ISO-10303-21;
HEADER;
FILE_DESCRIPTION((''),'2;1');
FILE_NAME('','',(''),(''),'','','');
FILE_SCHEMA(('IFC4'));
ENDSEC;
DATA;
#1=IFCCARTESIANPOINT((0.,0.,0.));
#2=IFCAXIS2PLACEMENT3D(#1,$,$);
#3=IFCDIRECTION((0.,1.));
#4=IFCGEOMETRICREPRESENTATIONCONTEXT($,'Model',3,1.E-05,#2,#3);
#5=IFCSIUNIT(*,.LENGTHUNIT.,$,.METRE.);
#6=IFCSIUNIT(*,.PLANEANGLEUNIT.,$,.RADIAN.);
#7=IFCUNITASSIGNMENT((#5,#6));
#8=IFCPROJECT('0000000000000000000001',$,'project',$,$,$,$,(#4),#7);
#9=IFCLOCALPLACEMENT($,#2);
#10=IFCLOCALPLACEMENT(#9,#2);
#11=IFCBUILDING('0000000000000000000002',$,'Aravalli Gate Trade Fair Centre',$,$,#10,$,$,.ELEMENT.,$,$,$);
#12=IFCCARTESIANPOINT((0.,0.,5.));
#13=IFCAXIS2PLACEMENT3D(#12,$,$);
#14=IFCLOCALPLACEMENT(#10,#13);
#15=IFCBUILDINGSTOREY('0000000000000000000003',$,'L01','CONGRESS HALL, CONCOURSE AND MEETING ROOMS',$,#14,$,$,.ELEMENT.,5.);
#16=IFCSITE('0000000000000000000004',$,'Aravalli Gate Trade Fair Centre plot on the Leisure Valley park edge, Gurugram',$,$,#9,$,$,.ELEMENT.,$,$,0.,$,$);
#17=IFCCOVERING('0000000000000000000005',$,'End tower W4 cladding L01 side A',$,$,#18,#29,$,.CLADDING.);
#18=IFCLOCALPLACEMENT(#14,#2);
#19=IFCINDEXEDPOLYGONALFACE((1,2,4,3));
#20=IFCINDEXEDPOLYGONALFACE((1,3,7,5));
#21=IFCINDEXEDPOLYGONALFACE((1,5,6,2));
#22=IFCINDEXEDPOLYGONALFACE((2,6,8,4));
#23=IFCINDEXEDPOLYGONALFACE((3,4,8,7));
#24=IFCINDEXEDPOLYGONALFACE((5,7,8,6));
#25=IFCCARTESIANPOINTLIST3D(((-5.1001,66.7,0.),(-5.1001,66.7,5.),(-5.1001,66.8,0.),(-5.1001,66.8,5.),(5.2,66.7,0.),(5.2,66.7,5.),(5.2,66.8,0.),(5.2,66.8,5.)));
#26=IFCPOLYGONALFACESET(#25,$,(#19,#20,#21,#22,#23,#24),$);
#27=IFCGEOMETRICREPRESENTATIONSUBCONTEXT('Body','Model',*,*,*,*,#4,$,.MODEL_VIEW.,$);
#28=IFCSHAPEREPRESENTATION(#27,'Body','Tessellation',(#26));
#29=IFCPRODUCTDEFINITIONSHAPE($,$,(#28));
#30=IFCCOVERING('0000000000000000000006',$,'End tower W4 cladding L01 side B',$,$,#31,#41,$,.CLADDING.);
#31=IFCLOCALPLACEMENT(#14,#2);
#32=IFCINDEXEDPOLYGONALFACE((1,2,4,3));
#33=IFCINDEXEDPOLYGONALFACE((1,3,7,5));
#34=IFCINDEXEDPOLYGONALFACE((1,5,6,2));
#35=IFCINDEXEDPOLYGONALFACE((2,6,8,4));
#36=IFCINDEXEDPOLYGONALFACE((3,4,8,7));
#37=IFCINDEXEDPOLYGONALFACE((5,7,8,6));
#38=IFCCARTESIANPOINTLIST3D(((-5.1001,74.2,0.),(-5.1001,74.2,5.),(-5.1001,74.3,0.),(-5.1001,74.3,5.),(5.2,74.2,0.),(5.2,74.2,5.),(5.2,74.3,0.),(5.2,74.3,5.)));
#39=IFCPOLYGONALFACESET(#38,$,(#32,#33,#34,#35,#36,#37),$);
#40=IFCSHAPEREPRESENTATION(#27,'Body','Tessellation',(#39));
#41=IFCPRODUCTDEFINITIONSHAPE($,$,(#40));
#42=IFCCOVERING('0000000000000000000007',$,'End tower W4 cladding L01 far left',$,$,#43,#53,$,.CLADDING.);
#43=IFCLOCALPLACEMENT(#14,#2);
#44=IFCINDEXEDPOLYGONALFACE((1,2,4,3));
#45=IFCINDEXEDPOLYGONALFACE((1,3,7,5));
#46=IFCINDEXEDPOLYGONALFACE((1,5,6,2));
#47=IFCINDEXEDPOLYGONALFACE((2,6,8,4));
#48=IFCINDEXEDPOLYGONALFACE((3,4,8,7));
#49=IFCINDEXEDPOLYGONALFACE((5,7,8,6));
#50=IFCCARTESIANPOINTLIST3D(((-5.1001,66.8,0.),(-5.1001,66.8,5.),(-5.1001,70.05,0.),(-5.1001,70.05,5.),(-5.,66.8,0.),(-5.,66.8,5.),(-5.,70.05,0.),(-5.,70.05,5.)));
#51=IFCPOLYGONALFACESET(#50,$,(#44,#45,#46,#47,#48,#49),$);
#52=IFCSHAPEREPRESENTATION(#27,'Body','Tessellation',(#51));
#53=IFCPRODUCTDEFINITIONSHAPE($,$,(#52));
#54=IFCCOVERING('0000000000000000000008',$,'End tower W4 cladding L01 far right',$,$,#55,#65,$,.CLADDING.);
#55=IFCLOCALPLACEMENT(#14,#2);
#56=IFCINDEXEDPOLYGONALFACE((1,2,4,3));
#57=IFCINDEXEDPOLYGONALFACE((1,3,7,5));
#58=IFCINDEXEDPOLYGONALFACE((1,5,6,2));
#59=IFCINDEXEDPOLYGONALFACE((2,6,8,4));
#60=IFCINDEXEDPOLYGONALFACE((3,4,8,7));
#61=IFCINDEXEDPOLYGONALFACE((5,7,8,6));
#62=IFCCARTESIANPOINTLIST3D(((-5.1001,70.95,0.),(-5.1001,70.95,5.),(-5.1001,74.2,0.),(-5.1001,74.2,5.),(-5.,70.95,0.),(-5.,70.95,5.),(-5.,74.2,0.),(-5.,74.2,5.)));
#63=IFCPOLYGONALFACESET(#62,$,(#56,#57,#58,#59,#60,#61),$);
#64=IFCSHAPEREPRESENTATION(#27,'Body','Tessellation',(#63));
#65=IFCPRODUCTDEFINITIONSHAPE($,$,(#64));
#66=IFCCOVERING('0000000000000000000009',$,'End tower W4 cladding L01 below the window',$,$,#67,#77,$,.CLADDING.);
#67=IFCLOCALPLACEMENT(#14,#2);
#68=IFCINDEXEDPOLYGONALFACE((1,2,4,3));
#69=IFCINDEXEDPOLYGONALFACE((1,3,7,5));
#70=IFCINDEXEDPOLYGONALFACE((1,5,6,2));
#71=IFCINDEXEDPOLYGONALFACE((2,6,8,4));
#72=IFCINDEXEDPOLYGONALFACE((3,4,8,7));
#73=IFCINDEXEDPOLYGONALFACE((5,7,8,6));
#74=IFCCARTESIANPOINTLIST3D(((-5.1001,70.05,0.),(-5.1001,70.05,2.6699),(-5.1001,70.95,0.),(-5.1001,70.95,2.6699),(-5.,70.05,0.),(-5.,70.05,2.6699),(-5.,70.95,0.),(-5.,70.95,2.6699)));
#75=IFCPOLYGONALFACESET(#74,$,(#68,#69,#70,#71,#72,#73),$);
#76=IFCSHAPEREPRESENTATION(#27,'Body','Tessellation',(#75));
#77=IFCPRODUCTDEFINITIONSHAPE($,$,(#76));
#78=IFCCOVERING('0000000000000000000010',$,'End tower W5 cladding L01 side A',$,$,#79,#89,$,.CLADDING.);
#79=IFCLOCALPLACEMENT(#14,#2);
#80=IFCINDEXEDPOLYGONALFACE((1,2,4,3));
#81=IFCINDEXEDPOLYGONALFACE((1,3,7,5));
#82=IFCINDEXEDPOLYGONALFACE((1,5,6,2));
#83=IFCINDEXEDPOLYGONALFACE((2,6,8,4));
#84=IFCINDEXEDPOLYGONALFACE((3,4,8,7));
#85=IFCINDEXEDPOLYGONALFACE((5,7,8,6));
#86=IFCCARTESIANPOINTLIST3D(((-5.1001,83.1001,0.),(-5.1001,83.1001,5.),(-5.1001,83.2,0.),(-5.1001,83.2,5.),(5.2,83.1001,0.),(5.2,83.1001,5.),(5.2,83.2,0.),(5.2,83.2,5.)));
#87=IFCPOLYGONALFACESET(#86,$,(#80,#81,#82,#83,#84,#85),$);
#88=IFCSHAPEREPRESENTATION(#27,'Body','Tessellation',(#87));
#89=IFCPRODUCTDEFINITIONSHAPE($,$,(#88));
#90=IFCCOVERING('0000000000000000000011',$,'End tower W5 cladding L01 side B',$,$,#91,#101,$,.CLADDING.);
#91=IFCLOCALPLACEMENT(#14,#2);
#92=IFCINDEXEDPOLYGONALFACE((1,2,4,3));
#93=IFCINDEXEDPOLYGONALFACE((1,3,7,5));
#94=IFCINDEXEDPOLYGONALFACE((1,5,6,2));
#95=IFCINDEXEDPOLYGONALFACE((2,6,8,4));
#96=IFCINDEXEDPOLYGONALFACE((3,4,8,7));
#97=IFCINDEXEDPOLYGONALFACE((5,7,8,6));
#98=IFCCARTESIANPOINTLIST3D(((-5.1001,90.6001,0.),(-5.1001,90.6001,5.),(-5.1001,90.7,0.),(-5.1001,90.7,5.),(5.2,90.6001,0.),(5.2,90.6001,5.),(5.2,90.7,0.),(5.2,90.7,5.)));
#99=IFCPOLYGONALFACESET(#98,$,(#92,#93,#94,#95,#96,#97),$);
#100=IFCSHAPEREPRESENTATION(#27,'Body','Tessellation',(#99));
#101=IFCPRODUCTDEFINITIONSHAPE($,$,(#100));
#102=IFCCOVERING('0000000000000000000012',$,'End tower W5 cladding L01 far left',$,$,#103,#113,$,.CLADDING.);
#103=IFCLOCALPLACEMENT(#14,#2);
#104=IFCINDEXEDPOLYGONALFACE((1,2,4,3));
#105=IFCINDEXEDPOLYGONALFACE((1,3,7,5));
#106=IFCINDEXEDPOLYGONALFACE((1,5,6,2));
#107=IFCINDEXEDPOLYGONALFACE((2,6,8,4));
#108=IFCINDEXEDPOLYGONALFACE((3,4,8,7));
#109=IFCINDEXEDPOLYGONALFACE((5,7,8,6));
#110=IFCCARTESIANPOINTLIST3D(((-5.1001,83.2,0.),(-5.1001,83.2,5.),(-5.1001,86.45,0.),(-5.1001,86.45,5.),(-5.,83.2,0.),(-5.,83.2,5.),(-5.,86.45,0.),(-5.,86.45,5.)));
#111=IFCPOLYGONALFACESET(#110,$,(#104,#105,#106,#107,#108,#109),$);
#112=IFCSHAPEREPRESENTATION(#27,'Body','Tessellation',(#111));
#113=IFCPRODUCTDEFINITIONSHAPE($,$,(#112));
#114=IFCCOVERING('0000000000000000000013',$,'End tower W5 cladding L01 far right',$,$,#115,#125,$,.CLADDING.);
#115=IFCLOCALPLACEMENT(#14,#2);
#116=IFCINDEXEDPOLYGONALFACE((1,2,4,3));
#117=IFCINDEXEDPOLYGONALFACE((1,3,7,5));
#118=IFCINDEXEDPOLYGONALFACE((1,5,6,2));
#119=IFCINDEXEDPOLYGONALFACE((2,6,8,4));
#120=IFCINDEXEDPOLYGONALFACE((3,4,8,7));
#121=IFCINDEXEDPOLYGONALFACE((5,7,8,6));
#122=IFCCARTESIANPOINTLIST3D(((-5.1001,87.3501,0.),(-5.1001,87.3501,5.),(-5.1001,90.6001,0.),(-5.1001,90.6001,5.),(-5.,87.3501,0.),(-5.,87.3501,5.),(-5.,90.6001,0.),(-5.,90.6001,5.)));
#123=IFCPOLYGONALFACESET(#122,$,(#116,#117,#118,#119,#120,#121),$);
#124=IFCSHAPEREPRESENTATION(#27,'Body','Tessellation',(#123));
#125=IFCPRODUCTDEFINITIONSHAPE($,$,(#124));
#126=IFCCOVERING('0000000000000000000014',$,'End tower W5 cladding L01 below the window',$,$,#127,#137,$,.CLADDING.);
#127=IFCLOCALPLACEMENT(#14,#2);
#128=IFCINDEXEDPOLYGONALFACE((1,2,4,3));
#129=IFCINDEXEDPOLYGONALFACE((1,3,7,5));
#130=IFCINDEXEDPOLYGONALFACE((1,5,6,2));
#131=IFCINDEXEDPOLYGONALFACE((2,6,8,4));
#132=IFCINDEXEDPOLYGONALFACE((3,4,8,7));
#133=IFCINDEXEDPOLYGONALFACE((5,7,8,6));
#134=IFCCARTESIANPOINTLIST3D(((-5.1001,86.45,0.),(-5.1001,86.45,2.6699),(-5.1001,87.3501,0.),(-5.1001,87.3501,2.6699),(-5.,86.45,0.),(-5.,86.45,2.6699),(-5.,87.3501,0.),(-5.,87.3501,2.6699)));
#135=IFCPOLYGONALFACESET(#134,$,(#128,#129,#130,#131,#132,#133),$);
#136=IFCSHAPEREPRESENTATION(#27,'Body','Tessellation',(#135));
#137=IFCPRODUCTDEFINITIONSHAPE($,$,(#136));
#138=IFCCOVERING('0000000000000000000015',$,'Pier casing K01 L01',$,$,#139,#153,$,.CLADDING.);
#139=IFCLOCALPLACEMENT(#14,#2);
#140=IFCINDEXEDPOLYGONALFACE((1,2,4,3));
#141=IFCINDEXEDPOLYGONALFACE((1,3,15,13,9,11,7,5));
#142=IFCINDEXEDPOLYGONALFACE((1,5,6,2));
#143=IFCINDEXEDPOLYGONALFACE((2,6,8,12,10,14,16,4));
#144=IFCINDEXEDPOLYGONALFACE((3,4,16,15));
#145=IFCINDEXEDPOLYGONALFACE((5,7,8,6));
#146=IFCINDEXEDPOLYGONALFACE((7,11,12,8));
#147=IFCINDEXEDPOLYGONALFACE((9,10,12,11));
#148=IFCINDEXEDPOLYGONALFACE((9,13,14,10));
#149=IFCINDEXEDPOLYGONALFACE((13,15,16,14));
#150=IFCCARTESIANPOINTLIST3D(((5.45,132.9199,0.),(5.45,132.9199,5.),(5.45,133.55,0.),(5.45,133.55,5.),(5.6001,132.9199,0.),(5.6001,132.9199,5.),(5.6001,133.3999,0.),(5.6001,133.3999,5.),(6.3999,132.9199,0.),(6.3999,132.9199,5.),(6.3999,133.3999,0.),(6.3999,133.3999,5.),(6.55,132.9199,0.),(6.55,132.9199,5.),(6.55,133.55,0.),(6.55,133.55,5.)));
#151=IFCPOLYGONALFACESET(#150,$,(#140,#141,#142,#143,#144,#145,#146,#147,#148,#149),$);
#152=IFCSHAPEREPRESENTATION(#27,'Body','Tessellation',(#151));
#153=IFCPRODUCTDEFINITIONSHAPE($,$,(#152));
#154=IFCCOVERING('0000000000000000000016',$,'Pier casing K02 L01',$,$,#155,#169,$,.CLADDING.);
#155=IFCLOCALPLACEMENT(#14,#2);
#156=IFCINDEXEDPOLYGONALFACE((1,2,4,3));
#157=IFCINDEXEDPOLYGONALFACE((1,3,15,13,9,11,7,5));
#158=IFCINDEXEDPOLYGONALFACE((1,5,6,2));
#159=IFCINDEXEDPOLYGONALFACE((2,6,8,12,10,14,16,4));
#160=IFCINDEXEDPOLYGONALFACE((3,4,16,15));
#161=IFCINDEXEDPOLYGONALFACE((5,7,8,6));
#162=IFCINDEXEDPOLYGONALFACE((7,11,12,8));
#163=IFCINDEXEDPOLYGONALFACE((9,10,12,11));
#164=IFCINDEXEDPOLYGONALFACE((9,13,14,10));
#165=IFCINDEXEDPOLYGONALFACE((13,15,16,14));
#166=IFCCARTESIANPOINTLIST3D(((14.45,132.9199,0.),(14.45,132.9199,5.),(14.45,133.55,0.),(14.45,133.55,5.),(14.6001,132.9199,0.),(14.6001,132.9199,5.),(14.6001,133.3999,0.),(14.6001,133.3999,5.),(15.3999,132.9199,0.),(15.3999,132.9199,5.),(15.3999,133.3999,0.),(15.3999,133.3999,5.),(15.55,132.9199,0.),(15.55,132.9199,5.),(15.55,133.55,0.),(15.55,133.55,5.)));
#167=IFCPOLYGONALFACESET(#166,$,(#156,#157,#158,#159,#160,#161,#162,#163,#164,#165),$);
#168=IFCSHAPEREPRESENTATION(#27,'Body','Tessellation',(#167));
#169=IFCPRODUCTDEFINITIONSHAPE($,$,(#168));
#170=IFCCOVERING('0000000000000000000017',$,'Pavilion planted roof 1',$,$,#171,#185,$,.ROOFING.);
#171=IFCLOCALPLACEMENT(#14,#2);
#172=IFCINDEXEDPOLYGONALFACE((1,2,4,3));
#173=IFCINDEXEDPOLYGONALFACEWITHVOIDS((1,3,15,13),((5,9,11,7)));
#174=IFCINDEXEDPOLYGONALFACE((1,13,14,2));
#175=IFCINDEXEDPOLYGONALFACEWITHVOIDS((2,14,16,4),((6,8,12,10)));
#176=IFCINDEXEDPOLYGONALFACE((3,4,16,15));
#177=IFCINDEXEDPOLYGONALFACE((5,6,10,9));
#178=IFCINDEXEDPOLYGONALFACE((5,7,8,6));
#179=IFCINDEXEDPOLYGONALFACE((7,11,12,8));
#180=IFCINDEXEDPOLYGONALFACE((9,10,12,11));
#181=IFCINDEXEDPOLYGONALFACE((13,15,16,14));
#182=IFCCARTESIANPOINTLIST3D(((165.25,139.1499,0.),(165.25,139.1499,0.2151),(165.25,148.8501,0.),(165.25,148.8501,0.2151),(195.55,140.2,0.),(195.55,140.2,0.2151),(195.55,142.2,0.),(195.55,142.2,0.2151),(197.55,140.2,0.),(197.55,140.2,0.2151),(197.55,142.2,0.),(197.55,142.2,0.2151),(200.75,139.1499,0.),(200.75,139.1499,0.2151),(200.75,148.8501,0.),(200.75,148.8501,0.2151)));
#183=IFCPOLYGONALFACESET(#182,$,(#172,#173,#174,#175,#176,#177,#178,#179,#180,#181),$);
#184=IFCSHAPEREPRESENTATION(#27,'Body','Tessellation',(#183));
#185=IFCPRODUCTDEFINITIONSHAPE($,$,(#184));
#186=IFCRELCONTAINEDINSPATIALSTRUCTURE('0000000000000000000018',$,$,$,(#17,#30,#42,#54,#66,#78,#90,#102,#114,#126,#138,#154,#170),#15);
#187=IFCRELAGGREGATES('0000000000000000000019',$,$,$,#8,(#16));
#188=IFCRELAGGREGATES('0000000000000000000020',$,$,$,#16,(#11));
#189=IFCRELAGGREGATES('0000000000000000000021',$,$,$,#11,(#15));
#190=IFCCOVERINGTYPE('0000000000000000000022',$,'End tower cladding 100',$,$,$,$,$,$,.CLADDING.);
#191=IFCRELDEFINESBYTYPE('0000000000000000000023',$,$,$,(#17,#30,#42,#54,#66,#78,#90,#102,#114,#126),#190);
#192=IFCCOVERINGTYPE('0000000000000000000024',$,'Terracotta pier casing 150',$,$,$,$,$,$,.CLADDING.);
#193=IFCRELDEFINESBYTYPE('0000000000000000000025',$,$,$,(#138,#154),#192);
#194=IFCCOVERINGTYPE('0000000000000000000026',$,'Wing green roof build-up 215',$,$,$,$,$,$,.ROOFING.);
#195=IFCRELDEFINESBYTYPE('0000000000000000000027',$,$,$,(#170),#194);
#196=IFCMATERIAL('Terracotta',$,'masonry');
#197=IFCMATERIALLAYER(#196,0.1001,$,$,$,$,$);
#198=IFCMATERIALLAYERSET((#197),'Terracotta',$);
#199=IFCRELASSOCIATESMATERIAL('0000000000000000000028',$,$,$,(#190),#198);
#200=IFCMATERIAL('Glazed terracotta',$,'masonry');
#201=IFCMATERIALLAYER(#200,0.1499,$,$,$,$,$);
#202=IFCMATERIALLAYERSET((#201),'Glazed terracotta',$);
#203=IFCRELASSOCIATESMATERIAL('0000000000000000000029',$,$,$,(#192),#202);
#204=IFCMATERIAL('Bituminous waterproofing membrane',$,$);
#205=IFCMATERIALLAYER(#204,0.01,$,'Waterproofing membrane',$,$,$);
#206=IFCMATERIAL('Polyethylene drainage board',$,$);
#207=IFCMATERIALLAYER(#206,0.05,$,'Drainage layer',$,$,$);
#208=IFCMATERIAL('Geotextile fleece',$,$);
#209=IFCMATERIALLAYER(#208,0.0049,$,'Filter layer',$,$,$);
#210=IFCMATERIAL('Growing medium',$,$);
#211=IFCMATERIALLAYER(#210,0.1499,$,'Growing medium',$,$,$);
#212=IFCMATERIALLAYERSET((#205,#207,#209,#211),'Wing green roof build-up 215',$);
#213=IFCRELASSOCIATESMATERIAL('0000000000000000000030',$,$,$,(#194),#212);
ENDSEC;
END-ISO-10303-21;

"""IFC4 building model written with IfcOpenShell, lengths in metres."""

from ifc_helpers import new_model, si_unit, direction, frame, origin, place, context, subcontext, project, spatial, polyline, outline, extrude, material, layer, layer_set, type_object, element, save


model = new_model("IFC4")

# Units and contexts
model_context = context("Model", 3, precision=1e-05, world=origin(), true_north=direction((0.0, 1.0)))
body_context = subcontext(model_context, "Body", "Model", "MODEL_VIEW")
ifc_project = project(units=[si_unit("LENGTHUNIT", "METRE"), si_unit("PLANEANGLEUNIT", "RADIAN")], contexts=[model_context])

# Site, building, storey
site_placement = place(None, origin())
site = spatial("IfcSite", under=ifc_project, at=site_placement, Name="Aravalli Gate Trade Fair Centre plot on the Leisure Valley park edge, Gurugram", CompositionType="ELEMENT", RefElevation=0.0)
building_placement = place(site_placement, origin())
building = spatial("IfcBuilding", under=site, at=building_placement, Name="Aravalli Gate Trade Fair Centre", CompositionType="ELEMENT")
storey_placement = place(building_placement, frame((0.0, 0.0, 5.0)))
storey = spatial("IfcBuildingStorey", under=building, at=storey_placement, Name="L01", Description="CONGRESS HALL, CONCOURSE AND MEETING ROOMS", CompositionType="ELEMENT", Elevation=5.0)

# Coverings
ifc_material_1 = material(Name="Terracotta", Category="masonry")
ifc_layer_1 = layer(ifc_material_1, 0.1001)
ifc_layer_set_1 = layer_set([ifc_layer_1], Name="Terracotta")
covering_type_1 = type_object("IfcCoveringType", Name="End tower cladding 100", PredefinedType="CLADDING", material=ifc_layer_set_1)
covering_1_placement = place(storey_placement, origin())
element("IfcCovering", 1, at=covering_1_placement, inside=storey, type_object=covering_type_1, Name="End tower W4 cladding L01 side A", PredefinedType="CLADDING", context=body_context, shape_type="SweptSolid", body=[
    extrude(outline(polyline([(5.2, 66.7), (-5.1001, 66.7), (-5.1001, 66.8), (5.2, 66.8), (5.2, 66.7)])), origin(), (0.0, 0.0, 1.0), 5.0),
])
covering_2_placement = place(storey_placement, origin())
element("IfcCovering", 2, at=covering_2_placement, inside=storey, type_object=covering_type_1, Name="End tower W4 cladding L01 side B", PredefinedType="CLADDING", context=body_context, shape_type="SweptSolid", body=[
    extrude(outline(polyline([(5.2, 74.2), (-5.1001, 74.2), (-5.1001, 74.3), (5.2, 74.3), (5.2, 74.2)])), origin(), (0.0, 0.0, 1.0), 5.0),
])
covering_3_placement = place(storey_placement, origin())
element("IfcCovering", 3, at=covering_3_placement, inside=storey, type_object=covering_type_1, Name="End tower W4 cladding L01 far left", PredefinedType="CLADDING", context=body_context, shape_type="SweptSolid", body=[
    extrude(outline(polyline([(-5.0, 66.8), (-5.1001, 66.8), (-5.1001, 70.05), (-5.0, 70.05), (-5.0, 66.8)])), origin(), (0.0, 0.0, 1.0), 5.0),
])
covering_4_placement = place(storey_placement, origin())
element("IfcCovering", 4, at=covering_4_placement, inside=storey, type_object=covering_type_1, Name="End tower W4 cladding L01 far right", PredefinedType="CLADDING", context=body_context, shape_type="SweptSolid", body=[
    extrude(outline(polyline([(-5.0, 70.95), (-5.1001, 70.95), (-5.1001, 74.2), (-5.0, 74.2), (-5.0, 70.95)])), origin(), (0.0, 0.0, 1.0), 5.0),
])
covering_5_placement = place(storey_placement, origin())
element("IfcCovering", 5, at=covering_5_placement, inside=storey, type_object=covering_type_1, Name="End tower W4 cladding L01 below the window", PredefinedType="CLADDING", context=body_context, shape_type="SweptSolid", body=[
    extrude(outline(polyline([(-5.0, 70.05), (-5.1001, 70.05), (-5.1001, 70.95), (-5.0, 70.95), (-5.0, 70.05)])), origin(), (0.0, 0.0, 1.0), 2.6699),
])
covering_6_placement = place(storey_placement, origin())
element("IfcCovering", 6, at=covering_6_placement, inside=storey, type_object=covering_type_1, Name="End tower W5 cladding L01 side A", PredefinedType="CLADDING", context=body_context, shape_type="SweptSolid", body=[
    extrude(outline(polyline([(5.2, 83.1001), (-5.1001, 83.1001), (-5.1001, 83.2), (5.2, 83.2), (5.2, 83.1001)])), origin(), (0.0, 0.0, 1.0), 5.0),
])
covering_7_placement = place(storey_placement, origin())
element("IfcCovering", 7, at=covering_7_placement, inside=storey, type_object=covering_type_1, Name="End tower W5 cladding L01 side B", PredefinedType="CLADDING", context=body_context, shape_type="SweptSolid", body=[
    extrude(outline(polyline([(5.2, 90.6001), (-5.1001, 90.6001), (-5.1001, 90.7), (5.2, 90.7), (5.2, 90.6001)])), origin(), (0.0, 0.0, 1.0), 5.0),
])
covering_8_placement = place(storey_placement, origin())
element("IfcCovering", 8, at=covering_8_placement, inside=storey, type_object=covering_type_1, Name="End tower W5 cladding L01 far left", PredefinedType="CLADDING", context=body_context, shape_type="SweptSolid", body=[
    extrude(outline(polyline([(-5.0, 83.2), (-5.1001, 83.2), (-5.1001, 86.45), (-5.0, 86.45), (-5.0, 83.2)])), origin(), (0.0, 0.0, 1.0), 5.0),
])
covering_9_placement = place(storey_placement, origin())
element("IfcCovering", 9, at=covering_9_placement, inside=storey, type_object=covering_type_1, Name="End tower W5 cladding L01 far right", PredefinedType="CLADDING", context=body_context, shape_type="SweptSolid", body=[
    extrude(outline(polyline([(-5.0, 87.3501), (-5.1001, 87.3501), (-5.1001, 90.6001), (-5.0, 90.6001), (-5.0, 87.3501)])), origin(), (0.0, 0.0, 1.0), 5.0),
])
covering_10_placement = place(storey_placement, origin())
element("IfcCovering", 10, at=covering_10_placement, inside=storey, type_object=covering_type_1, Name="End tower W5 cladding L01 below the window", PredefinedType="CLADDING", context=body_context, shape_type="SweptSolid", body=[
    extrude(outline(polyline([(-5.0, 86.45), (-5.1001, 86.45), (-5.1001, 87.3501), (-5.0, 87.3501), (-5.0, 86.45)])), origin(), (0.0, 0.0, 1.0), 2.6699),
])
ifc_material_2 = material(Name="Glazed terracotta", Category="masonry")
ifc_layer_2 = layer(ifc_material_2, 0.1499)
ifc_layer_set_2 = layer_set([ifc_layer_2], Name="Glazed terracotta")
covering_type_2 = type_object("IfcCoveringType", Name="Terracotta pier casing 150", PredefinedType="CLADDING", material=ifc_layer_set_2)
covering_11_placement = place(storey_placement, origin())
element("IfcCovering", 11, at=covering_11_placement, inside=storey, type_object=covering_type_2, Name="Pier casing K01 L01", PredefinedType="CLADDING", context=body_context, shape_type="SweptSolid", body=[
    extrude(outline(polyline([(5.45, 132.9199), (5.6001, 132.9199), (5.6001, 133.3999), (6.3999, 133.3999), (6.3999, 132.9199), (6.55, 132.9199), (6.55, 133.55), (5.45, 133.55), (5.45, 132.9199)])), origin(), (0.0, 0.0, 1.0), 5.0),
])
covering_12_placement = place(storey_placement, origin())
element("IfcCovering", 12, at=covering_12_placement, inside=storey, type_object=covering_type_2, Name="Pier casing K02 L01", PredefinedType="CLADDING", context=body_context, shape_type="SweptSolid", body=[
    extrude(outline(polyline([(14.45, 132.9199), (14.6001, 132.9199), (14.6001, 133.3999), (15.3999, 133.3999), (15.3999, 132.9199), (15.55, 132.9199), (15.55, 133.55), (14.45, 133.55), (14.45, 132.9199)])), origin(), (0.0, 0.0, 1.0), 5.0),
])
ifc_material_3 = material(Name="Bituminous waterproofing membrane")
ifc_layer_3 = layer(ifc_material_3, 0.01, Name="Waterproofing membrane")
ifc_material_4 = material(Name="Polyethylene drainage board")
ifc_layer_4 = layer(ifc_material_4, 0.05, Name="Drainage layer")
ifc_material_5 = material(Name="Geotextile fleece")
ifc_layer_5 = layer(ifc_material_5, 0.0049, Name="Filter layer")
ifc_material_6 = material(Name="Growing medium")
ifc_layer_6 = layer(ifc_material_6, 0.1499, Name="Growing medium")
ifc_layer_set_3 = layer_set([ifc_layer_3, ifc_layer_4, ifc_layer_5, ifc_layer_6], Name="Wing green roof build-up 215")
covering_type_3 = type_object("IfcCoveringType", Name="Wing green roof build-up 215", PredefinedType="ROOFING", material=ifc_layer_set_3)
covering_13_placement = place(storey_placement, origin())
element("IfcCovering", 13, at=covering_13_placement, inside=storey, type_object=covering_type_3, Name="Pavilion planted roof 1", PredefinedType="ROOFING", context=body_context, shape_type="SweptSolid", body=[
    extrude(outline(polyline([(165.25, 139.1499), (165.25, 148.8501), (200.75, 148.8501), (200.75, 139.1499), (165.25, 139.1499)]), holes=[polyline([(197.55, 142.2), (195.55, 142.2), (195.55, 140.2), (197.55, 140.2), (197.55, 142.2)])]), origin(), (0.0, 0.0, 1.0), 0.2151),
])

save(model, "model.ifc")
